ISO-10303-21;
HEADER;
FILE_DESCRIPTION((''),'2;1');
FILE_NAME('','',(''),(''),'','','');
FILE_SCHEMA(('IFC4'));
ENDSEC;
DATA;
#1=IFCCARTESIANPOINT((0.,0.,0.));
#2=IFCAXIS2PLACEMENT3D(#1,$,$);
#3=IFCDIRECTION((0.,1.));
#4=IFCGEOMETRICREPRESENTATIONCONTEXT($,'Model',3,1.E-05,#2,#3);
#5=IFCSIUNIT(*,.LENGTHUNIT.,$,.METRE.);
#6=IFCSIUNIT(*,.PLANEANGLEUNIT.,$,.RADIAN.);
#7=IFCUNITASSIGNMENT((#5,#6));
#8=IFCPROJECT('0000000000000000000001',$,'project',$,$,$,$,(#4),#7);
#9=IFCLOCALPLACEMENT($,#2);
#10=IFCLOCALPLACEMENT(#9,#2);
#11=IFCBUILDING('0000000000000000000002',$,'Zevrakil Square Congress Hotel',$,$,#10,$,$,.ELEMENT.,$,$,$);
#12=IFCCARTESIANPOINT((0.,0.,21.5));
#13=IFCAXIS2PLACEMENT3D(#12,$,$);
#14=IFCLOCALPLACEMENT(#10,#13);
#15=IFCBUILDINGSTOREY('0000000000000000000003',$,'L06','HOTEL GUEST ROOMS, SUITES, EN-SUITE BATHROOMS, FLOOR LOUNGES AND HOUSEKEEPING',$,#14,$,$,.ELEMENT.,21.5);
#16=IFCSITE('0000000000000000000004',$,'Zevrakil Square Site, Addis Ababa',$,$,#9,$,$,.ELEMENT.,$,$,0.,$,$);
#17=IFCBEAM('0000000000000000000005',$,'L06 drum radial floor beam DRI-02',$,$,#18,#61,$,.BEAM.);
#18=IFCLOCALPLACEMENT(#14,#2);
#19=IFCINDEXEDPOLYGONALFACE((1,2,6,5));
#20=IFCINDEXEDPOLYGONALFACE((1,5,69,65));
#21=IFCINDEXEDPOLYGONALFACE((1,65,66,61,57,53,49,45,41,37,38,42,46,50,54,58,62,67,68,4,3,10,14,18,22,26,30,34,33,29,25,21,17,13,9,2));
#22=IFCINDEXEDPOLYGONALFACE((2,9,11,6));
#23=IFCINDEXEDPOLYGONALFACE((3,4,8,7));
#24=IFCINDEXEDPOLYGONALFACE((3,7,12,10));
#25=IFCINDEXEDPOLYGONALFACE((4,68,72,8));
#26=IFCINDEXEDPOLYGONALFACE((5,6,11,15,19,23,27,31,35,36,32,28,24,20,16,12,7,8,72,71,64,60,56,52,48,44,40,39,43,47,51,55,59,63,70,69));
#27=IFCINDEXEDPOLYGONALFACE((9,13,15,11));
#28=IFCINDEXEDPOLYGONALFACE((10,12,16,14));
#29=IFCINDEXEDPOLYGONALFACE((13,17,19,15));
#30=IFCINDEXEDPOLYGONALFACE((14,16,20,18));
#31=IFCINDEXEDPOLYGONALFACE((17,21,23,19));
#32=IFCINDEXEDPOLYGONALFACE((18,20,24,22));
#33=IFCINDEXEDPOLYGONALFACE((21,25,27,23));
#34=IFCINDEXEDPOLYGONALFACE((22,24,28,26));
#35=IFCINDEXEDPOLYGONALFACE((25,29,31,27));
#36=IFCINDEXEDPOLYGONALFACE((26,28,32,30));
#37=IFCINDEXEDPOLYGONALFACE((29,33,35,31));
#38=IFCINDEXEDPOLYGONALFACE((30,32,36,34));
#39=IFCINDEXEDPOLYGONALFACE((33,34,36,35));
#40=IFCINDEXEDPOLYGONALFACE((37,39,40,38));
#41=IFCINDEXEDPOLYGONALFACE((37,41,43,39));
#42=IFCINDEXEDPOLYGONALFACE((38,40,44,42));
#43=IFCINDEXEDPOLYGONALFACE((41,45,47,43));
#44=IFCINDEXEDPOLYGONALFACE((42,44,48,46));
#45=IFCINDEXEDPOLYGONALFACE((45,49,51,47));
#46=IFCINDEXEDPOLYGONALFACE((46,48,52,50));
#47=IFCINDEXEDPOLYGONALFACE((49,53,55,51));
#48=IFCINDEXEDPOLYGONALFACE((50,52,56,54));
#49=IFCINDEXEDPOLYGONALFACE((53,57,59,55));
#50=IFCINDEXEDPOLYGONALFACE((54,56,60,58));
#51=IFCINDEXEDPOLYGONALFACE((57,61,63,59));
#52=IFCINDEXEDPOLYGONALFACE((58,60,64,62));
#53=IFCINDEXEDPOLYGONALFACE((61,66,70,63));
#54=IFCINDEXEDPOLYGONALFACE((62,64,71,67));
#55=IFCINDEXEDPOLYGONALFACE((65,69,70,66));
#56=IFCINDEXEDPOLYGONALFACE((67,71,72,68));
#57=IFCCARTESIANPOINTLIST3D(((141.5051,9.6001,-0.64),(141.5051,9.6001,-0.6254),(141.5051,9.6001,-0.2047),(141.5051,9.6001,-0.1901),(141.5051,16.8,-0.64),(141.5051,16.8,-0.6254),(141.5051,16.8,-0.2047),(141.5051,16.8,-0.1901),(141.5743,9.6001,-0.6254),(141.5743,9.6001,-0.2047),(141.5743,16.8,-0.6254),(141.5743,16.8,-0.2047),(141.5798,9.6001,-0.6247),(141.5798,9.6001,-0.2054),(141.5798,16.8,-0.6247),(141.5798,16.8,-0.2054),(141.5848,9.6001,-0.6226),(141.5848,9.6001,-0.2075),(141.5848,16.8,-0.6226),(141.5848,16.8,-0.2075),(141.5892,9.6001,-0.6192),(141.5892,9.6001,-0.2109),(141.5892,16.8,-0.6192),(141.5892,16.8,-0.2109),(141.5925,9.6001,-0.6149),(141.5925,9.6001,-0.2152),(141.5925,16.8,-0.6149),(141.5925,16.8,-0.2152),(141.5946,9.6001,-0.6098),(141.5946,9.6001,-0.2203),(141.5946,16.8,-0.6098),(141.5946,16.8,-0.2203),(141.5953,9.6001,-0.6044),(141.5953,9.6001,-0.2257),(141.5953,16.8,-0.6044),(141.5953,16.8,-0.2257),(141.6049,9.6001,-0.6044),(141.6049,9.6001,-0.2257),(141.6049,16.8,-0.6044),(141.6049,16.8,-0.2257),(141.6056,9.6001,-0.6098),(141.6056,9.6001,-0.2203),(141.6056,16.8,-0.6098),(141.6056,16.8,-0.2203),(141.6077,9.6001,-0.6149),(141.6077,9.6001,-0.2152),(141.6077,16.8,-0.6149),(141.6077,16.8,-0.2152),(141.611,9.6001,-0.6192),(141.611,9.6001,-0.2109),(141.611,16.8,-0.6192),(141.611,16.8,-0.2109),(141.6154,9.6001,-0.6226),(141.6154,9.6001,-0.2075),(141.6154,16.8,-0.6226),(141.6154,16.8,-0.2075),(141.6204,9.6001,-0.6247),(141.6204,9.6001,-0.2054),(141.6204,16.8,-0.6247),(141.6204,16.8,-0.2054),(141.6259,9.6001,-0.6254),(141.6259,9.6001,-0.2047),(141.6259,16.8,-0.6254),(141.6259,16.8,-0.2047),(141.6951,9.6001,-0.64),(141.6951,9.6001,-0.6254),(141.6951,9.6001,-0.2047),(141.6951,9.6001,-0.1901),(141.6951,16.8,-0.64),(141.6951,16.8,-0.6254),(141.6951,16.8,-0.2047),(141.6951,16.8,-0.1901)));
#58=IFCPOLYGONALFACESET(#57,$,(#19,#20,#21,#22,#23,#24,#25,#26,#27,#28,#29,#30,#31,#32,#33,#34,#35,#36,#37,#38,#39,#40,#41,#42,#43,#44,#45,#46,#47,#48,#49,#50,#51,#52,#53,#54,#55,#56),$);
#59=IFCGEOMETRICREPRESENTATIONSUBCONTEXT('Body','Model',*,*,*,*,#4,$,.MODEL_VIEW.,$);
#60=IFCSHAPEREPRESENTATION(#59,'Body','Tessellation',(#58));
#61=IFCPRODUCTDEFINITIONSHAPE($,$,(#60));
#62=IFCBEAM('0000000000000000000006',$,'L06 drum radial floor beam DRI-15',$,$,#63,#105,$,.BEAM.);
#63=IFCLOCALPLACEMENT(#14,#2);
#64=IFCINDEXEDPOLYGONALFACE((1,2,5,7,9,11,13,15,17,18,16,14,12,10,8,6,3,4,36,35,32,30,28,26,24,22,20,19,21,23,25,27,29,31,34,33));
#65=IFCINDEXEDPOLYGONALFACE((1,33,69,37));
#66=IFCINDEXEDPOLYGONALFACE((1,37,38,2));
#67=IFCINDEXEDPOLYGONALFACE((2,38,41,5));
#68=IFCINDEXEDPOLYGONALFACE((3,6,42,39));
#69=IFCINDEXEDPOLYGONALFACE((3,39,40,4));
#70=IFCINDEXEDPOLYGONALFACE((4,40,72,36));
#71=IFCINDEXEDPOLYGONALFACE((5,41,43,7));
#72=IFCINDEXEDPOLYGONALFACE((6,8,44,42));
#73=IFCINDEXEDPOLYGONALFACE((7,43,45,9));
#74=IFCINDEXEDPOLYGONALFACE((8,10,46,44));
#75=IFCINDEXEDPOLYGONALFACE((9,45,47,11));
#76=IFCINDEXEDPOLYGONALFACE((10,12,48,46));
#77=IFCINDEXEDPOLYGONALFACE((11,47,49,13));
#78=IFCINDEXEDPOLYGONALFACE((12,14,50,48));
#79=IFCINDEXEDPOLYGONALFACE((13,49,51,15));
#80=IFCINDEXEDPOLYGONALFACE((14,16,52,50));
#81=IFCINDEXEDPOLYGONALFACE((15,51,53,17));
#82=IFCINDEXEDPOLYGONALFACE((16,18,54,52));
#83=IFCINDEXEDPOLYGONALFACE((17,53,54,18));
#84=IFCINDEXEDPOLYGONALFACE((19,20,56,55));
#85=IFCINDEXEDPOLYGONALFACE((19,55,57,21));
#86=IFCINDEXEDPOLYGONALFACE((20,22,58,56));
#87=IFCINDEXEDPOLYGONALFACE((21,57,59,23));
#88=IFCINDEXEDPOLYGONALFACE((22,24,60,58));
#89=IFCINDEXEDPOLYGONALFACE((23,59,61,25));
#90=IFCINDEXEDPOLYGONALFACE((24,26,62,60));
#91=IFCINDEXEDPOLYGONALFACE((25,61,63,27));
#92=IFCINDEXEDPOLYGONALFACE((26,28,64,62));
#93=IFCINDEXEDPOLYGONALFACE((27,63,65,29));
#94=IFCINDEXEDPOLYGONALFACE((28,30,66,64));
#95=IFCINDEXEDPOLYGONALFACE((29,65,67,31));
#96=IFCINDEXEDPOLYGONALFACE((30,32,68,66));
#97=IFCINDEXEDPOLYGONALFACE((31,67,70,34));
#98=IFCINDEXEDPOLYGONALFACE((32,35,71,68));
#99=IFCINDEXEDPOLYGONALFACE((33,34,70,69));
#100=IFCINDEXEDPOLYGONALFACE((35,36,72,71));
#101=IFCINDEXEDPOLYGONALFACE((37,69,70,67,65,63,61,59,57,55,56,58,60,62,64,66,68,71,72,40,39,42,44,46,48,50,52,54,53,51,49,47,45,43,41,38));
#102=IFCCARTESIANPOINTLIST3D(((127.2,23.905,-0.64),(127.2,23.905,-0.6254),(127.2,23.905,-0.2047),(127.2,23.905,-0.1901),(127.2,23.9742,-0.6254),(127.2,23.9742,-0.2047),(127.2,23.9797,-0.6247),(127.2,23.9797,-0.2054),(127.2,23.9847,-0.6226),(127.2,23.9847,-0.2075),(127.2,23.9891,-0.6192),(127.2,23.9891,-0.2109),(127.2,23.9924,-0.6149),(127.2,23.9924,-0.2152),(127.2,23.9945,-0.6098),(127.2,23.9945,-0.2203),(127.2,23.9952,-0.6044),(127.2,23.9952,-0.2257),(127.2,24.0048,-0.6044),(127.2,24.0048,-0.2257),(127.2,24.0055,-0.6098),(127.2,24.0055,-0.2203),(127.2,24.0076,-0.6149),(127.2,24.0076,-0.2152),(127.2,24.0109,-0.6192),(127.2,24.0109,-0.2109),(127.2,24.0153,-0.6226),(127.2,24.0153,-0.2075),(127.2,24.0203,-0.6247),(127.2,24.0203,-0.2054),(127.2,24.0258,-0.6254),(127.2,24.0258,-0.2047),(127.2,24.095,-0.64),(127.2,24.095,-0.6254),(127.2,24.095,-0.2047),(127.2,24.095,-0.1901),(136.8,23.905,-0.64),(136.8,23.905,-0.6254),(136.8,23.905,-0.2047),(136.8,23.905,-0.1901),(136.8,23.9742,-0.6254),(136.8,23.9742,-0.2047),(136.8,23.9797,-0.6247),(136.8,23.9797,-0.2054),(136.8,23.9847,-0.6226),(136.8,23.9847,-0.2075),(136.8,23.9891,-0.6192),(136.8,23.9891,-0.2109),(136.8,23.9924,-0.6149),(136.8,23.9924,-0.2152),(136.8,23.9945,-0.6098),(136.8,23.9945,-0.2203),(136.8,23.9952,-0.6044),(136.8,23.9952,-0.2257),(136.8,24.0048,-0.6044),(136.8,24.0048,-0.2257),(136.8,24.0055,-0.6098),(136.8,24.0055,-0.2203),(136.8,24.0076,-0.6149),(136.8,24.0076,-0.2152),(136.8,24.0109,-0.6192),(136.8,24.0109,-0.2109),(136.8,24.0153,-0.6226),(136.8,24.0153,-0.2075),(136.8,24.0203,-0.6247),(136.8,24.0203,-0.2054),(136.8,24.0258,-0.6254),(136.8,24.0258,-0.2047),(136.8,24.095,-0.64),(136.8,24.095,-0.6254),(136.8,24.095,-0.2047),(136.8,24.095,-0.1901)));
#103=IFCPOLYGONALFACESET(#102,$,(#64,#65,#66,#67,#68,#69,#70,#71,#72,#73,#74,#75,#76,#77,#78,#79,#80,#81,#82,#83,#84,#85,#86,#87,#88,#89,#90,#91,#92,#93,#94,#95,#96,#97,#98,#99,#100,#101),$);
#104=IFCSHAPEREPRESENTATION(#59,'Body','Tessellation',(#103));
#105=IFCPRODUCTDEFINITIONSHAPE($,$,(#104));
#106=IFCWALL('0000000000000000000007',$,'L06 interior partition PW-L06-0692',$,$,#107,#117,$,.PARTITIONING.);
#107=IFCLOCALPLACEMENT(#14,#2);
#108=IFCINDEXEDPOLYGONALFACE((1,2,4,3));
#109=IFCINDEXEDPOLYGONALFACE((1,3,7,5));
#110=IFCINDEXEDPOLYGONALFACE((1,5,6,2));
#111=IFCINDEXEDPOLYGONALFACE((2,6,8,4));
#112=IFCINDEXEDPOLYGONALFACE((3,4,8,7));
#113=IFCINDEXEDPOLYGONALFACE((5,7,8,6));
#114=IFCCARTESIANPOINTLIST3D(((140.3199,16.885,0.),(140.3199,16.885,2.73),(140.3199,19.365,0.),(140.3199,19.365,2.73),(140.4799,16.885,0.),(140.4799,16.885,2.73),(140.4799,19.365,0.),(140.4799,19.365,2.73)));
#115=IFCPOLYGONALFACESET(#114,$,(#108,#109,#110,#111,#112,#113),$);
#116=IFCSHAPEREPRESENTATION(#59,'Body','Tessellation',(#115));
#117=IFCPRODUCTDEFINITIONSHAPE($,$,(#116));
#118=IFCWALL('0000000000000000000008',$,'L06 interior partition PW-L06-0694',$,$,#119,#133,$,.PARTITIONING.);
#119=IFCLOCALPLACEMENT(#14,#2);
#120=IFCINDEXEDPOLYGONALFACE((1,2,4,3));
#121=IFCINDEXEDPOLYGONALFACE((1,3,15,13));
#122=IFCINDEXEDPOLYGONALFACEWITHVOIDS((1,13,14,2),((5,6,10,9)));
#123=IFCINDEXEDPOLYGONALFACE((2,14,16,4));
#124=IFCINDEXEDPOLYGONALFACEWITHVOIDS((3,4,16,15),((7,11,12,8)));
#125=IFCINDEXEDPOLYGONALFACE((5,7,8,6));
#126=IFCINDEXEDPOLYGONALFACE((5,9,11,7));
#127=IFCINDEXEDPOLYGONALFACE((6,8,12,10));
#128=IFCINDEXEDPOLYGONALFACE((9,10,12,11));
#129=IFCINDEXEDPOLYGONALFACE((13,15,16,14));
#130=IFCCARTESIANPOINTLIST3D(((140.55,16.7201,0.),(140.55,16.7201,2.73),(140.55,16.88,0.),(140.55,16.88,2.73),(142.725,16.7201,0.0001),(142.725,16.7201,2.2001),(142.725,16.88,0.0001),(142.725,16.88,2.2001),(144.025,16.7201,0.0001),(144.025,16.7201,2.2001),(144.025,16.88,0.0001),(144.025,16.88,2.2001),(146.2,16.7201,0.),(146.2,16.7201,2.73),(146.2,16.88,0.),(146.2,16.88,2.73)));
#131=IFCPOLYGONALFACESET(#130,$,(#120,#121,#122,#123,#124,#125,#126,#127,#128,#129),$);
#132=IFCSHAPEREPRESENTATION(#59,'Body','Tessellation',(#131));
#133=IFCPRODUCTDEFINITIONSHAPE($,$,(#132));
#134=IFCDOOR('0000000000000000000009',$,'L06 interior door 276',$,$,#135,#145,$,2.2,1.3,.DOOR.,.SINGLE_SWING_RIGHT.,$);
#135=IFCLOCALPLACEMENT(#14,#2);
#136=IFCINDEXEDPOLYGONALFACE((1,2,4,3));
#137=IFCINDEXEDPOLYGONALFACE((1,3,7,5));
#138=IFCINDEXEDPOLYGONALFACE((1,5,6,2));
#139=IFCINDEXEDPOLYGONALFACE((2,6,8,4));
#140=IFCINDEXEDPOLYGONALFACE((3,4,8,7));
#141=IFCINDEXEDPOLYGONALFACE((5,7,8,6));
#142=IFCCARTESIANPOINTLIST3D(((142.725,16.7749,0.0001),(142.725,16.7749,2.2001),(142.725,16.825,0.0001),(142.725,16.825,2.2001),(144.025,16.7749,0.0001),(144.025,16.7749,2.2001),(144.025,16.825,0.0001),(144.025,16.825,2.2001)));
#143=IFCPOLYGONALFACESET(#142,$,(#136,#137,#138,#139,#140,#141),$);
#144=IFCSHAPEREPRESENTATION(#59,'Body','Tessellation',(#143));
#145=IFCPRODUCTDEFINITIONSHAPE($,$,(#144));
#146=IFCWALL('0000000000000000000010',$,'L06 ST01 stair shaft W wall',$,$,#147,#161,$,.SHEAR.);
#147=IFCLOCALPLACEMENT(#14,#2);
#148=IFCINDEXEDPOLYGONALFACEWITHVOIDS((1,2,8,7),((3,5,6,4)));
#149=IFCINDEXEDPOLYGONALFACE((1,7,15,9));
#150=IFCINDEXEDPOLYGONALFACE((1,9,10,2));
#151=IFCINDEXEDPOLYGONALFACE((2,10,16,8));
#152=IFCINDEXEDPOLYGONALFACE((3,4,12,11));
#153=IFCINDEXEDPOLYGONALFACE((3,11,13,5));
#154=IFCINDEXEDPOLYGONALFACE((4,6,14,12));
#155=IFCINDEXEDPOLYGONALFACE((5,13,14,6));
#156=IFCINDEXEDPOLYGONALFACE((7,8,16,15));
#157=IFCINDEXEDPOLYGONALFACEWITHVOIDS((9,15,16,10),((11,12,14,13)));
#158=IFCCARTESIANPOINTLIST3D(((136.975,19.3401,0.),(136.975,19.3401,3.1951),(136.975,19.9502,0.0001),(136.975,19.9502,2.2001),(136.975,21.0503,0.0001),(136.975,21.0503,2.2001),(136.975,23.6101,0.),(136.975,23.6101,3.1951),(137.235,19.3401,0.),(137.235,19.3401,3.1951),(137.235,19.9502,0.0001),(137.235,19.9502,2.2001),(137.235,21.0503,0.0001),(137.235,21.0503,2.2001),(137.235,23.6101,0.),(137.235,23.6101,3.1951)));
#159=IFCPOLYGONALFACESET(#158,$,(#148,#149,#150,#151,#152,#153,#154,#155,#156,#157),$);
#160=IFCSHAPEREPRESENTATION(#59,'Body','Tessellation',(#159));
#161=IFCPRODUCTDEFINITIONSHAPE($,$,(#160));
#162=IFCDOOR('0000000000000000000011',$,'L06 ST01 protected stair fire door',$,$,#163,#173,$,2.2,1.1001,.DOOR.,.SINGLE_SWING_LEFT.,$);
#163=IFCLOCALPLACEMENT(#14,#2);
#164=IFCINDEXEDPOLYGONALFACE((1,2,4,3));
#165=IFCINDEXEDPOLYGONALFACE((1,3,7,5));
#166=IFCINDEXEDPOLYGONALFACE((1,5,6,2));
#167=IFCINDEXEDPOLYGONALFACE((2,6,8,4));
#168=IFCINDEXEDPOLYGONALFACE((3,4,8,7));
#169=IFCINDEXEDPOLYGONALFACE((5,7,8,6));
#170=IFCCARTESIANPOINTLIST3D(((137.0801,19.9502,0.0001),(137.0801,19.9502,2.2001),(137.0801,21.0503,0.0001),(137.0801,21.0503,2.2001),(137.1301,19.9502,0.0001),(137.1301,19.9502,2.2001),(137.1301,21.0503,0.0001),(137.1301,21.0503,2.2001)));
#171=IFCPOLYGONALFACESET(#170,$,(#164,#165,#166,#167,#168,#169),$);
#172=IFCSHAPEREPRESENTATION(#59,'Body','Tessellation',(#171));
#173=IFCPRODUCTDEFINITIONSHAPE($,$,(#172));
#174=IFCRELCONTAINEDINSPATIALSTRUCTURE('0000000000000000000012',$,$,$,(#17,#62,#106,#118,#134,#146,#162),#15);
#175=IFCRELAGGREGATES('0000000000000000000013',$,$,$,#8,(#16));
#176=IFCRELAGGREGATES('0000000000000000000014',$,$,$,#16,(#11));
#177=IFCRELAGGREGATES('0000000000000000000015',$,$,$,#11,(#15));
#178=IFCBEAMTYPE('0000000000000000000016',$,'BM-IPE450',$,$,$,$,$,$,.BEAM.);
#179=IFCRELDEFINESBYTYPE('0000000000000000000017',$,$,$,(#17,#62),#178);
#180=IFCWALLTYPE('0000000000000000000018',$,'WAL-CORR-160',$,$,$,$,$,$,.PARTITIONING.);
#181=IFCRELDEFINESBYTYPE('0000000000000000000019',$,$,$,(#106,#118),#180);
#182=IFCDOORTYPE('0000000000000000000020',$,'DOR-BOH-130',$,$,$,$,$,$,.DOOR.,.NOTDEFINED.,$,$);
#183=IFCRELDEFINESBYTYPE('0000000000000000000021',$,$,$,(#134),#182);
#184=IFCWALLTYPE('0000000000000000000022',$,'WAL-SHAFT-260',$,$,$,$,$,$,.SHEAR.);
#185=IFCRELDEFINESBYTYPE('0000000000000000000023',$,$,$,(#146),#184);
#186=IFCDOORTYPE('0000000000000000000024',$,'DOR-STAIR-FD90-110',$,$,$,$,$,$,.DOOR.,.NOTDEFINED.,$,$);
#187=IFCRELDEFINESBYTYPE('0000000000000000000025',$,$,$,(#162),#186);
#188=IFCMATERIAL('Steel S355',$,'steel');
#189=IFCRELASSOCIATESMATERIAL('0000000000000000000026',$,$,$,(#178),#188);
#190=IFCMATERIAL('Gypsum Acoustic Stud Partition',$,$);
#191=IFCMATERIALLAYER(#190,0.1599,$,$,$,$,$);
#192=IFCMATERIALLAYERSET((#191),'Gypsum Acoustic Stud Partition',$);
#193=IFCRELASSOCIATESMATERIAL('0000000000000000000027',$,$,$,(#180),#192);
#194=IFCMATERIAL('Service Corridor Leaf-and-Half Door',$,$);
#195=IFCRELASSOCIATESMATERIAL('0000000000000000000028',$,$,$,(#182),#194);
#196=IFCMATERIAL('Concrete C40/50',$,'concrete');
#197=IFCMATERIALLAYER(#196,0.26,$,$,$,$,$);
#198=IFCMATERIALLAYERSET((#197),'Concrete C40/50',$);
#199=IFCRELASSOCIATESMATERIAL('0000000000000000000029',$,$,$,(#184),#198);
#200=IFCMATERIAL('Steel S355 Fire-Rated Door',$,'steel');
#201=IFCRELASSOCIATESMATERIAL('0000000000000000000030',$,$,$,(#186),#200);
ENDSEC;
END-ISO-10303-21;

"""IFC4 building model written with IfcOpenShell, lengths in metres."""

from ifc_helpers import new_model, si_unit, direction, frame, frame_2d, origin, origin_2d, place, context, subcontext, project, spatial, rectangle, i_section, extrude, material, layer, layer_set, material_profile, profile_set, type_object, element, fill, save


model = new_model("IFC4")

# Units and contexts
model_context = context("Model", 3, precision=1e-05, world=origin(), true_north=direction((0.0, 1.0)))
body_context = subcontext(model_context, "Body", "Model", "MODEL_VIEW")
ifc_project = project(units=[si_unit("LENGTHUNIT", "METRE"), si_unit("PLANEANGLEUNIT", "RADIAN")], contexts=[model_context])

# Site, building, storey
site_placement = place(None, origin())
site = spatial("IfcSite", under=ifc_project, at=site_placement, Name="Zevrakil Square Site, Addis Ababa", CompositionType="ELEMENT", RefElevation=0.0)
building_placement = place(site_placement, origin())
building = spatial("IfcBuilding", under=site, at=building_placement, Name="Zevrakil Square Congress Hotel", CompositionType="ELEMENT")
storey_placement = place(building_placement, frame((0.0, 0.0, 21.5)))
storey = spatial("IfcBuildingStorey", under=building, at=storey_placement, Name="L06", Description="HOTEL GUEST ROOMS, SUITES, EN-SUITE BATHROOMS, FLOOR LOUNGES AND HOUSEKEEPING", CompositionType="ELEMENT", Elevation=21.5)

# Beams
ifc_material_1 = material(Name="Steel S355", Category="steel")
ifc_material_profile = material_profile(ifc_material_1, i_section(OverallWidth=0.1899, OverallDepth=0.45, WebThickness=0.0095, FlangeThickness=0.0146, FilletRadius=0.021, at=origin_2d()), Name="IPE 450")
ifc_profile_set = profile_set([ifc_material_profile], Name="Steel S355")
beam_type = type_object("IfcBeamType", Name="BM-IPE450", PredefinedType="BEAM", material=ifc_profile_set)
beam_1_placement = place(storey_placement, frame((141.6001, 16.8, -0.415), z_axis=(0.0, -1.0, 0.0), x_axis=(1.0, 0.0, 0.0)))
element("IfcBeam", 1, at=beam_1_placement, inside=storey, type_object=beam_type, Name="L06 drum radial floor beam DRI-02", PredefinedType="BEAM", context=body_context, shape_type="SweptSolid", body=[
    extrude(i_section(OverallWidth=0.1899, OverallDepth=0.45, WebThickness=0.0095, FlangeThickness=0.0146, FilletRadius=0.021, at=origin_2d()), origin(), (0.0, 0.0, 1.0), 7.2),
])
beam_2_placement = place(storey_placement, frame((136.8, 24.0, -0.415), z_axis=(-1.0, 0.0, 0.0), x_axis=(0.0, -1.0, 0.0)))
element("IfcBeam", 2, at=beam_2_placement, inside=storey, type_object=beam_type, Name="L06 drum radial floor beam DRI-15", PredefinedType="BEAM", context=body_context, shape_type="SweptSolid", body=[
    extrude(i_section(OverallWidth=0.1899, OverallDepth=0.45, WebThickness=0.0095, FlangeThickness=0.0146, FilletRadius=0.021, at=origin_2d()), origin(), (0.0, 0.0, 1.0), 9.6001),
])

# Wall
ifc_material_2 = material(Name="Gypsum Acoustic Stud Partition")
ifc_layer_1 = layer(ifc_material_2, 0.1599)
ifc_layer_set_1 = layer_set([ifc_layer_1], Name="Gypsum Acoustic Stud Partition")
wall_type_1 = type_object("IfcWallType", Name="WAL-CORR-160", PredefinedType="PARTITIONING", material=ifc_layer_set_1)
wall_1_placement = place(storey_placement, frame((140.3999, 16.885, 0.0), z_axis=(0.0, 0.0, 1.0), x_axis=(0.0, 1.0, 0.0)))
element("IfcWall", 3, at=wall_1_placement, inside=storey, type_object=wall_type_1, Name="L06 interior partition PW-L06-0692", PredefinedType="PARTITIONING", context=body_context, shape_type="SweptSolid", body=[
    extrude(rectangle(XDim=2.48, YDim=0.1599, at=frame_2d((1.24, 0.0))), origin(), (0.0, 0.0, 1.0), 2.73),
])

# Walls, openings, doors
wall_2_placement = place(storey_placement, frame((140.55, 16.8, 0.0), z_axis=(0.0, 0.0, 1.0), x_axis=(1.0, 0.0, 0.0)))
wall_2 = element("IfcWall", 4, at=wall_2_placement, inside=storey, type_object=wall_type_1, Name="L06 interior partition PW-L06-0694", PredefinedType="PARTITIONING", context=body_context, shape_type="SweptSolid", body=[
    extrude(rectangle(XDim=5.6499, YDim=0.1599, at=frame_2d((2.825, 0.0))), origin(), (0.0, 0.0, 1.0), 2.73),
])
opening_1_placement = place(wall_2_placement, frame((2.175, 0.0, 0.0)))
opening_1 = element("IfcOpeningElement", 5, at=opening_1_placement, cuts=wall_2, PredefinedType="OPENING", context=body_context, shape_type="SweptSolid", body=[
    extrude(rectangle(XDim=1.3, YDim=2.2, at=frame_2d((0.6499, 1.1001))), frame((0.0, 0.0898, 0.0), z_axis=(0.0, -1.0, 0.0), x_axis=(1.0, 0.0, 0.0)), (0.0, 0.0, 1.0), 0.1799),
])
ifc_material_3 = material(Name="Service Corridor Leaf-and-Half Door")
door_type_1 = type_object("IfcDoorType", Name="DOR-BOH-130", OperationType="NOTDEFINED", PredefinedType="DOOR", material=ifc_material_3)
door_1_placement = place(opening_1_placement, origin())
door_1 = element("IfcDoor", 6, at=door_1_placement, inside=storey, type_object=door_type_1, Name="L06 interior door 276", OperationType="SINGLE_SWING_RIGHT", OverallHeight=2.2, OverallWidth=1.3, PredefinedType="DOOR", context=body_context, shape_type="SweptSolid", body=[
    extrude(rectangle(XDim=1.3, YDim=2.2, at=frame_2d((0.6499, 1.1001))), frame((0.0, 0.0249, 0.0), z_axis=(0.0, -1.0, 0.0), x_axis=(1.0, 0.0, 0.0)), (0.0, 0.0, 1.0), 0.05),
])
fill(opening_1, door_1)
ifc_material_4 = material(Name="Concrete C40/50", Category="concrete")
ifc_layer_2 = layer(ifc_material_4, 0.26)
ifc_layer_set_2 = layer_set([ifc_layer_2], Name="Concrete C40/50")
wall_type_2 = type_object("IfcWallType", Name="WAL-SHAFT-260", PredefinedType="SHEAR", material=ifc_layer_set_2)
wall_3_placement = place(storey_placement, frame((137.105, 19.3401, 0.0), z_axis=(0.0, 0.0, 1.0), x_axis=(0.0, 1.0, 0.0)))
wall_3 = element("IfcWall", 7, at=wall_3_placement, inside=storey, type_object=wall_type_2, Name="L06 ST01 stair shaft W wall", PredefinedType="SHEAR", context=body_context, shape_type="SweptSolid", body=[
    extrude(rectangle(XDim=4.27, YDim=0.26, at=frame_2d((2.135, 0.0))), origin(), (0.0, 0.0, 1.0), 3.1951),
])
opening_2_placement = place(wall_3_placement, frame((0.6101, 0.0, 0.0)))
opening_2 = element("IfcOpeningElement", 8, at=opening_2_placement, cuts=wall_3, PredefinedType="OPENING", context=body_context, shape_type="SweptSolid", body=[
    extrude(rectangle(XDim=1.1001, YDim=2.2, at=frame_2d((0.55, 1.1001))), frame((0.0, 0.1401, 0.0), z_axis=(0.0, -1.0, 0.0), x_axis=(1.0, 0.0, 0.0)), (0.0, 0.0, 1.0), 0.28),
])
ifc_material_5 = material(Name="Steel S355 Fire-Rated Door", Category="steel")
door_type_2 = type_object("IfcDoorType", Name="DOR-STAIR-FD90-110", OperationType="NOTDEFINED", PredefinedType="DOOR", material=ifc_material_5)
door_2_placement = place(opening_2_placement, origin())
door_2 = element("IfcDoor", 9, at=door_2_placement, inside=storey, type_object=door_type_2, Name="L06 ST01 protected stair fire door", OperationType="SINGLE_SWING_LEFT", OverallHeight=2.2, OverallWidth=1.1001, PredefinedType="DOOR", context=body_context, shape_type="SweptSolid", body=[
    extrude(rectangle(XDim=1.1001, YDim=2.2, at=frame_2d((0.55, 1.1001))), frame((0.0, 0.0249, 0.0), z_axis=(0.0, -1.0, 0.0), x_axis=(1.0, 0.0, 0.0)), (0.0, 0.0, 1.0), 0.05),
])
fill(opening_2, door_2)

save(model, "model.ifc")
